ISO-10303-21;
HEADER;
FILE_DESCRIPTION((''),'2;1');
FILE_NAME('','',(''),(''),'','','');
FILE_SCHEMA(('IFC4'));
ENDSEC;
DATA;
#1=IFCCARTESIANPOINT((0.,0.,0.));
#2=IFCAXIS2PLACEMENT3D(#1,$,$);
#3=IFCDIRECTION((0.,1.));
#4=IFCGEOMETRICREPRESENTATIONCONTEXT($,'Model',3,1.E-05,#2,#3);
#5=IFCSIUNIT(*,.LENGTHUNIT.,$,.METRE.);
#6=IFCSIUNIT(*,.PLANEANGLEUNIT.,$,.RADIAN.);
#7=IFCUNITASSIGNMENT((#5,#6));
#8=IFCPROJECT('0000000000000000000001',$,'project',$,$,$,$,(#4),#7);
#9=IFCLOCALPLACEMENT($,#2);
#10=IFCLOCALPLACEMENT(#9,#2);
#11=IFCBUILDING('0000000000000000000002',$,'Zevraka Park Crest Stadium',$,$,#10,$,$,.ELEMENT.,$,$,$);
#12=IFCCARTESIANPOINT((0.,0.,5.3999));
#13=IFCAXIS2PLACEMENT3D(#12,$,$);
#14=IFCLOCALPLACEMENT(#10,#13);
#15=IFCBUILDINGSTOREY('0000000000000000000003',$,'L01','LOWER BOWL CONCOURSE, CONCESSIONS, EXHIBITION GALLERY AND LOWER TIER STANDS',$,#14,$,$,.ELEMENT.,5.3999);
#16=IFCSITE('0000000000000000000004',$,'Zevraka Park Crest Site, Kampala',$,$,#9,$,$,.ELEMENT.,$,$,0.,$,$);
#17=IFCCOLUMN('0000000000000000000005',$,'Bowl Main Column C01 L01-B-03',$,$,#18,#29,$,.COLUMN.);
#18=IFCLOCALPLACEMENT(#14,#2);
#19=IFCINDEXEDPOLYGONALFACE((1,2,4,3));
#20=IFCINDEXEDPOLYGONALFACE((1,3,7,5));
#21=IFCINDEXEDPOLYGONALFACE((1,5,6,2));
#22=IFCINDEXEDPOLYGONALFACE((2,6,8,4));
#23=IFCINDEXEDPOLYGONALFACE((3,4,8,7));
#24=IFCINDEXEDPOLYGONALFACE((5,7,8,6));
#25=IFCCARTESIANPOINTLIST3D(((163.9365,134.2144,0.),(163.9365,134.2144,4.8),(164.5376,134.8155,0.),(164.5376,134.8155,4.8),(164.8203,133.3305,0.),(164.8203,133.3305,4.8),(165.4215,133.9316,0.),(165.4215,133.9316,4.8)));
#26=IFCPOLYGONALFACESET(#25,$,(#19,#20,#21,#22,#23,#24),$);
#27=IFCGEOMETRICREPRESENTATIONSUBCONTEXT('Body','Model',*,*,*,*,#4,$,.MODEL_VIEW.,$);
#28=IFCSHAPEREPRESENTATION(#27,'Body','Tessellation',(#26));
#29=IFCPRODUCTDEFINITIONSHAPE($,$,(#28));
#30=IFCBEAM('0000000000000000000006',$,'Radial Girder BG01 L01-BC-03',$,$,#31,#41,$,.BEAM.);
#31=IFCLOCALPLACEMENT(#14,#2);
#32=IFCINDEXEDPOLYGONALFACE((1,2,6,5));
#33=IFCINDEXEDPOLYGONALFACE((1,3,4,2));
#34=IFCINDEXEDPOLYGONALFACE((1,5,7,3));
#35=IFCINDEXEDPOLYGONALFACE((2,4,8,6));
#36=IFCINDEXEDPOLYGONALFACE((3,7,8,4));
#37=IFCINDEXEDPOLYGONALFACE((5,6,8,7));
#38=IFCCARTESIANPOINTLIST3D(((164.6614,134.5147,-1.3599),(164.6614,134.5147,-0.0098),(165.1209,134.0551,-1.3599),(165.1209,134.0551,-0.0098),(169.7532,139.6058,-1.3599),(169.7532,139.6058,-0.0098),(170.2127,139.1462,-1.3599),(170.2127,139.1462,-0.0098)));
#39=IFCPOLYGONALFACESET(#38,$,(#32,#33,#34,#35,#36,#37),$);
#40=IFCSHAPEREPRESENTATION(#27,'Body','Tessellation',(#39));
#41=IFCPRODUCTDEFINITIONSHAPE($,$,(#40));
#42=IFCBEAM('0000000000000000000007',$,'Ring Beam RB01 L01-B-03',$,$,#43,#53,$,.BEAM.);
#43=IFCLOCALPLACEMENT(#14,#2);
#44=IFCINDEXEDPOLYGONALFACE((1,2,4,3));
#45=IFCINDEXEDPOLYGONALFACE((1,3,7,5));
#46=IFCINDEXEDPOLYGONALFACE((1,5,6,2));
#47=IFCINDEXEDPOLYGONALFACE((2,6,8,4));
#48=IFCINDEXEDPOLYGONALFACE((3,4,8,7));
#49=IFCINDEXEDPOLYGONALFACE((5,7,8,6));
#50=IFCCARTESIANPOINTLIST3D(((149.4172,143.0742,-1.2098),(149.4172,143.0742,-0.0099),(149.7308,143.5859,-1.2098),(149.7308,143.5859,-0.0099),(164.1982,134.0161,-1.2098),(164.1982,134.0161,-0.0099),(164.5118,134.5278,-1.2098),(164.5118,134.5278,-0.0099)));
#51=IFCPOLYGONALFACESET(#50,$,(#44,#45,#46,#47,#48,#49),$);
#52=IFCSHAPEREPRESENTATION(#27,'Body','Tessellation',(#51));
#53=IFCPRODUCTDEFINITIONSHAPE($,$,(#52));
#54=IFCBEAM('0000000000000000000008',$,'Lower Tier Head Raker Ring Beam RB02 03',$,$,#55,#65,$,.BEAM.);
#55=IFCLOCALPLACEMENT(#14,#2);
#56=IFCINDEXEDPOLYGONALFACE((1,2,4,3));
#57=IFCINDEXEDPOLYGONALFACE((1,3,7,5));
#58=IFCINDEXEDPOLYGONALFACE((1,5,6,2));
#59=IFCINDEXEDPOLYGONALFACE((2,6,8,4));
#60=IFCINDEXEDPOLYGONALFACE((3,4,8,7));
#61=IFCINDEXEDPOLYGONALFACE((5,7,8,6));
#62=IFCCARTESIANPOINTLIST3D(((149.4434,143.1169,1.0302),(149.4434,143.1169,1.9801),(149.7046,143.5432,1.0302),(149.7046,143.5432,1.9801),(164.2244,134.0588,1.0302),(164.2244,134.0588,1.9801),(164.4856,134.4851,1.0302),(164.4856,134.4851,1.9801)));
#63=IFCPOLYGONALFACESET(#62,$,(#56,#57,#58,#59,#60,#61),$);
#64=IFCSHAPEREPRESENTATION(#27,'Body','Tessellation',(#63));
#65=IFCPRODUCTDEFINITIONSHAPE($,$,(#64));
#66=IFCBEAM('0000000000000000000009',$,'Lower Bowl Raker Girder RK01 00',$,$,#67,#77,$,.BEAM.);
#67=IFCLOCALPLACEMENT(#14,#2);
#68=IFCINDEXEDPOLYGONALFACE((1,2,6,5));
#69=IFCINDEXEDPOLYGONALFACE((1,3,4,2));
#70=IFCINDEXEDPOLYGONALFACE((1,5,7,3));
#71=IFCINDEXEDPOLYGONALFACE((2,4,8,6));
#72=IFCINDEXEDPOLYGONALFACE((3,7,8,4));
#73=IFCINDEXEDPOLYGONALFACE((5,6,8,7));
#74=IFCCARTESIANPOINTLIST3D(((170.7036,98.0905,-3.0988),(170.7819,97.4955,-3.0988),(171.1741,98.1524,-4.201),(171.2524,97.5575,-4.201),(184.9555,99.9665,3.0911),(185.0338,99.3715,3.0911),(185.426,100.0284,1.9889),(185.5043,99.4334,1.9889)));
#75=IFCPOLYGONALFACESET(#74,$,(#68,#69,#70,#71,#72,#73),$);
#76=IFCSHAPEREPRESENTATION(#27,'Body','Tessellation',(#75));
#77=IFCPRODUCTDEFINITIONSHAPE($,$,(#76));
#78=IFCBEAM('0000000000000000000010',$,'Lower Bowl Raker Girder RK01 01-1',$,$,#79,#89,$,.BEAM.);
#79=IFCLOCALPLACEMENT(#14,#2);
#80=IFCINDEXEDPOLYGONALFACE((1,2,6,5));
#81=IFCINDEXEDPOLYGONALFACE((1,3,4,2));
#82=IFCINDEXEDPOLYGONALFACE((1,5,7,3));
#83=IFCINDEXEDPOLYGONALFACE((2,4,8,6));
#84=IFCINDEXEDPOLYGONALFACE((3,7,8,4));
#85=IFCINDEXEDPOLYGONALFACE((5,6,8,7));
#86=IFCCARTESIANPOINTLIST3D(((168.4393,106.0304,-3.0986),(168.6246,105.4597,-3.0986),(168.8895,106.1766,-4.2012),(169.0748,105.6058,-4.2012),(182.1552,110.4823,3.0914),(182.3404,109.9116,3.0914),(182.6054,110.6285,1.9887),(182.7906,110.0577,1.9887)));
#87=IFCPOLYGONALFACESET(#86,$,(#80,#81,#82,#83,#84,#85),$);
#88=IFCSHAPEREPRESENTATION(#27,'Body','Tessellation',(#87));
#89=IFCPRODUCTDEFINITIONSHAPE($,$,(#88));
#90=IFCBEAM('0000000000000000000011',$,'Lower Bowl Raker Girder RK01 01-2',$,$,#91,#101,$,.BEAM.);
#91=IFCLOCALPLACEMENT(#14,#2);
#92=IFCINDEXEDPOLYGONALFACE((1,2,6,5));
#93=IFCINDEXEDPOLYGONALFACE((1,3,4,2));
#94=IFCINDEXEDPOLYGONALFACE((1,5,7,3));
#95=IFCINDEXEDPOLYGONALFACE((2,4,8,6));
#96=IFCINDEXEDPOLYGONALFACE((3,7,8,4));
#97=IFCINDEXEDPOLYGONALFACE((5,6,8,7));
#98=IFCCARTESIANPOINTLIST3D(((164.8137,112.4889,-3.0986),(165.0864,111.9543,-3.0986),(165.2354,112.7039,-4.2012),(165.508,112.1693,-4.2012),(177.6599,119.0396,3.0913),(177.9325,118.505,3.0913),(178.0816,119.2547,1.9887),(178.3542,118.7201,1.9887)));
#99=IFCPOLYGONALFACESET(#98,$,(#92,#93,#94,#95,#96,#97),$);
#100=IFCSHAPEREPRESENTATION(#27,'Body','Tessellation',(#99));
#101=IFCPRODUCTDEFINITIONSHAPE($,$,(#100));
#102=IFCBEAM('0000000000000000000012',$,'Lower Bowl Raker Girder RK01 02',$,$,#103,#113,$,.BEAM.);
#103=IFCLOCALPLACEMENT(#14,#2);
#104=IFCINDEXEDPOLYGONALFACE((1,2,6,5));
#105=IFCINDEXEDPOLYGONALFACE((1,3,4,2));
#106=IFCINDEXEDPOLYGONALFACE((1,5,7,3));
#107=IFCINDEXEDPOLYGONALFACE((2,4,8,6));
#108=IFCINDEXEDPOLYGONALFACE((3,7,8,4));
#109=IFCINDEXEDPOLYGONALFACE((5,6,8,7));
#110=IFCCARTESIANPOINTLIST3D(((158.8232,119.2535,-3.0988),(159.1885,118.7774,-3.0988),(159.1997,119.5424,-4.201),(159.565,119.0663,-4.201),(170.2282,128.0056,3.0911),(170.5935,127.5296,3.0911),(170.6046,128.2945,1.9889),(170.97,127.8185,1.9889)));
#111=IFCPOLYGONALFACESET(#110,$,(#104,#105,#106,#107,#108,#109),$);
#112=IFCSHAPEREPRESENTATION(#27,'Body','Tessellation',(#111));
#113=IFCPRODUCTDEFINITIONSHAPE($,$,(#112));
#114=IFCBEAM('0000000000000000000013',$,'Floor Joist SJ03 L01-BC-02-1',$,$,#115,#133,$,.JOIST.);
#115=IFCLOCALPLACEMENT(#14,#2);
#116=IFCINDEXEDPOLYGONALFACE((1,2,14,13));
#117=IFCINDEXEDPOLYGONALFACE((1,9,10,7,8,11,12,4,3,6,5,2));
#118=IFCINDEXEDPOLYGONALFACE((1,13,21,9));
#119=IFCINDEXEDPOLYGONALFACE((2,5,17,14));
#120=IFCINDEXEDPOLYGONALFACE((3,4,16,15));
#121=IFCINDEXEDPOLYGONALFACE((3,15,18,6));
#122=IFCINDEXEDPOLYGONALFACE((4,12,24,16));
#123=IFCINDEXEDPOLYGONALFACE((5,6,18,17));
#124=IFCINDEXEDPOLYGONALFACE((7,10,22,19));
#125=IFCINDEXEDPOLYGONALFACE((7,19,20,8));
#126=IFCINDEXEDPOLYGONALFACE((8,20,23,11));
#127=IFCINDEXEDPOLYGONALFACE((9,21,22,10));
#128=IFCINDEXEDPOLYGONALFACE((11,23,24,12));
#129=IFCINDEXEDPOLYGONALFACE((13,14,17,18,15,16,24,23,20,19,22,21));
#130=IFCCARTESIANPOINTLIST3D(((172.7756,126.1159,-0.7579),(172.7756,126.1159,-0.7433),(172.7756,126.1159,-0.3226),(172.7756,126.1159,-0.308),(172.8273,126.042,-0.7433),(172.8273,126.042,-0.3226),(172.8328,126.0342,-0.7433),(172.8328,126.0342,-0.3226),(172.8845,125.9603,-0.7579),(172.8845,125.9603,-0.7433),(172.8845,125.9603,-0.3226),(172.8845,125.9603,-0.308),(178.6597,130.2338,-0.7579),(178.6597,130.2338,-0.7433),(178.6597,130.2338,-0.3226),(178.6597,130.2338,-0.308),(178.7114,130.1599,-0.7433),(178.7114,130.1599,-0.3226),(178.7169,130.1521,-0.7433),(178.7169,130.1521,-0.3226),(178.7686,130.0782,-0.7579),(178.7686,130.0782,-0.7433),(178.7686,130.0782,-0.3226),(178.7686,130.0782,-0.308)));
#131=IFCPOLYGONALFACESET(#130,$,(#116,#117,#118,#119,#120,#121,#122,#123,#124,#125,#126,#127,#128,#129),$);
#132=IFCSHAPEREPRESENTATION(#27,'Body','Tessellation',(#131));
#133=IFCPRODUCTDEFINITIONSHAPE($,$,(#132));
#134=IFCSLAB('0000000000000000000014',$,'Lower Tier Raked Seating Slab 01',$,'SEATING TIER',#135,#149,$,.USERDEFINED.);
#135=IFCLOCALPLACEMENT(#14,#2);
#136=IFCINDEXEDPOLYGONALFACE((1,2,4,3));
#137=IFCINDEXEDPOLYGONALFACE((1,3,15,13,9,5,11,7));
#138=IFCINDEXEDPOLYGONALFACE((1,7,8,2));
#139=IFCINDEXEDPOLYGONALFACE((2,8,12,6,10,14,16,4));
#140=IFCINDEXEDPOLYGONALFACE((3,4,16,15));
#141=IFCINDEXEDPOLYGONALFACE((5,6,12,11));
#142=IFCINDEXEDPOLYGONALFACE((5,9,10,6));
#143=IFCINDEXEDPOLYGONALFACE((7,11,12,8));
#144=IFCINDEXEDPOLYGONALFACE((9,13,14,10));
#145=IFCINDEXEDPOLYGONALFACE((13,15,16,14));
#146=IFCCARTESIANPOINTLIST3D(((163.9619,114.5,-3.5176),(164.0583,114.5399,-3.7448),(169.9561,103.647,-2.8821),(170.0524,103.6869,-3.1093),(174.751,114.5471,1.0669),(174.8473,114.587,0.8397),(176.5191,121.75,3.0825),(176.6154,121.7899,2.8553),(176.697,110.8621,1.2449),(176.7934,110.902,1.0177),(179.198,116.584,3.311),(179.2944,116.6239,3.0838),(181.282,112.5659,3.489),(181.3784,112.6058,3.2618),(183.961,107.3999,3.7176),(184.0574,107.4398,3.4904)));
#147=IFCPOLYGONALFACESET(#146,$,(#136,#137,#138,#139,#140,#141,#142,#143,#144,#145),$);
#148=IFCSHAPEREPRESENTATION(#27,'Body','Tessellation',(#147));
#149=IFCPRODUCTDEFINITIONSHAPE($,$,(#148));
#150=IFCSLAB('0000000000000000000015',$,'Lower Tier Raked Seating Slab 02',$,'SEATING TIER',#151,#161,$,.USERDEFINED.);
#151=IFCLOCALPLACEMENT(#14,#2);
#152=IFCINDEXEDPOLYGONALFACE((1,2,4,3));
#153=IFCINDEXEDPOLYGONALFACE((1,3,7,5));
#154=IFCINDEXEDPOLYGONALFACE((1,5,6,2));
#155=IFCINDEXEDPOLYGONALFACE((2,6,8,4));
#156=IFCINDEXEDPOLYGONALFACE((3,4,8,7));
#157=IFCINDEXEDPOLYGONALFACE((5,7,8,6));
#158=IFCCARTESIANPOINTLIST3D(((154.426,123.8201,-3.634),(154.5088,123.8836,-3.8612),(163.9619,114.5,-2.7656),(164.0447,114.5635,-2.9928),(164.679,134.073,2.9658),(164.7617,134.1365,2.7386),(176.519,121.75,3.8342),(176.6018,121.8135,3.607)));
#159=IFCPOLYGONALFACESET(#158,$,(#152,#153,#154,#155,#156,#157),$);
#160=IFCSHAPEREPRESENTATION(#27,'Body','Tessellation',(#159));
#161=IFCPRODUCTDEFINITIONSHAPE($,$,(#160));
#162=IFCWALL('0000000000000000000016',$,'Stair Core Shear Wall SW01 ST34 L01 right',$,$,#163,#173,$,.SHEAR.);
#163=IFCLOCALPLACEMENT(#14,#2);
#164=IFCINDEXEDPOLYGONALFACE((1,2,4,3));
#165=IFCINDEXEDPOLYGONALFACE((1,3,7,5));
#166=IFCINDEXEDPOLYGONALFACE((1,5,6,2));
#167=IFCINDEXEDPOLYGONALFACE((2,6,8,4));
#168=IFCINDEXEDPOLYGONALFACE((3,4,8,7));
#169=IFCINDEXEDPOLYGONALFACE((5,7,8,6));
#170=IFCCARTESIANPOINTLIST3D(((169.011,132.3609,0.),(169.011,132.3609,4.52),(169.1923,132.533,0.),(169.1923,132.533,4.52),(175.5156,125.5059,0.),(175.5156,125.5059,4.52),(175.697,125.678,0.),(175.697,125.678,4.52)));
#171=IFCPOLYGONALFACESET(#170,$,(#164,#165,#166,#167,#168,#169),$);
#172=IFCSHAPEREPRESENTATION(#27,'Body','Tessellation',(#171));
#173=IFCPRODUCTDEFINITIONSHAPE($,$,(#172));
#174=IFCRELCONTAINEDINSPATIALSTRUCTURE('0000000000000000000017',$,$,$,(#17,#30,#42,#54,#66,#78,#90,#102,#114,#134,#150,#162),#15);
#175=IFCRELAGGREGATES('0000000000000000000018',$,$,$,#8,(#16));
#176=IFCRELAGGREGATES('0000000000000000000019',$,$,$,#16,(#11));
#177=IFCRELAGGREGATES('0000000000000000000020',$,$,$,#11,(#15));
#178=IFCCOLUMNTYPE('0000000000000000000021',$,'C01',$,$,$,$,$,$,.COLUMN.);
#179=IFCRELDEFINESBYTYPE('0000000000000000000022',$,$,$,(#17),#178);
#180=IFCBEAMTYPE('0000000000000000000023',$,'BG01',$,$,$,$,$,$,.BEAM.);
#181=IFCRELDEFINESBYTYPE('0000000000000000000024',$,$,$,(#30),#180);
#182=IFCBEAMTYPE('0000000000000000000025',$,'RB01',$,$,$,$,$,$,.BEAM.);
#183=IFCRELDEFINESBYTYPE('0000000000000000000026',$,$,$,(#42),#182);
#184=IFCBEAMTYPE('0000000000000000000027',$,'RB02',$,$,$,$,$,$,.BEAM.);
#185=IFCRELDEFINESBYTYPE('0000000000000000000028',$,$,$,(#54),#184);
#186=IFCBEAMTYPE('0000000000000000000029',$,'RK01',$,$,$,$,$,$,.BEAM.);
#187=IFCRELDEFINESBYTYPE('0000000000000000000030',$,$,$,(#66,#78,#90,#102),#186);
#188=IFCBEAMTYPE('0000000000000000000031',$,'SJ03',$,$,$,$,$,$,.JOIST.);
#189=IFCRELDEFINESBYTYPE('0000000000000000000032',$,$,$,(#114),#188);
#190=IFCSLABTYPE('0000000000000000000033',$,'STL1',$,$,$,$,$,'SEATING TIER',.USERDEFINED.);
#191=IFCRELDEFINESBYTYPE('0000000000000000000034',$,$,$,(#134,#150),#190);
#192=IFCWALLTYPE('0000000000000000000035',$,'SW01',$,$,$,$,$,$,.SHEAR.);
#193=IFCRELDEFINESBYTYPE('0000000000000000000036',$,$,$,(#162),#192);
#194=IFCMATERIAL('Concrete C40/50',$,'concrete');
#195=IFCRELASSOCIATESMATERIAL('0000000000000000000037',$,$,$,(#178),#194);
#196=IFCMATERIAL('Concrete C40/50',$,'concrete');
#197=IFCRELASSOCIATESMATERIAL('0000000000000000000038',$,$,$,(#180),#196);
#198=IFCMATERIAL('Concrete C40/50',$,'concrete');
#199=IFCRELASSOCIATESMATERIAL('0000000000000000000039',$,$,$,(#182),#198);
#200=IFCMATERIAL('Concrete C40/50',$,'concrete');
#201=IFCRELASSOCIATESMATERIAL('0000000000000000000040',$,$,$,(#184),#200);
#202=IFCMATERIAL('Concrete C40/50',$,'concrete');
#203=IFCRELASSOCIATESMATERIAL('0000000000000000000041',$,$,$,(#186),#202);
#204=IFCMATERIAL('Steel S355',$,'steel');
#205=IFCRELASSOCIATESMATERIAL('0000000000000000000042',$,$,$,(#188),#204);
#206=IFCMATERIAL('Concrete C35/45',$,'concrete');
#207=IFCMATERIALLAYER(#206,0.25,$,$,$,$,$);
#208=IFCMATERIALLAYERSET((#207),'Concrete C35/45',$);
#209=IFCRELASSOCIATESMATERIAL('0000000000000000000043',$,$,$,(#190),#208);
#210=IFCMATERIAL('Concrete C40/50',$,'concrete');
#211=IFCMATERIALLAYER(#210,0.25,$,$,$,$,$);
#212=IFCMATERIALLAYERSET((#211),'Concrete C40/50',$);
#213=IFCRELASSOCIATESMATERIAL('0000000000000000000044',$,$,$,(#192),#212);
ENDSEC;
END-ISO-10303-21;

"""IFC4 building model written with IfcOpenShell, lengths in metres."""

from ifc_helpers import new_model, si_unit, direction, frame, frame_2d, origin, origin_2d, place, context, subcontext, project, spatial, polyline, rectangle, i_section, outline, extrude, material, layer, layer_set, material_profile, profile_set, type_object, element, save


model = new_model("IFC4")

# Units and contexts
model_context = context("Model", 3, precision=1e-05, world=origin(), true_north=direction((0.0, 1.0)))
body_context = subcontext(model_context, "Body", "Model", "MODEL_VIEW")
ifc_project = project(units=[si_unit("LENGTHUNIT", "METRE"), si_unit("PLANEANGLEUNIT", "RADIAN")], contexts=[model_context])

# Site, building, storey
site_placement = place(None, origin())
site = spatial("IfcSite", under=ifc_project, at=site_placement, Name="Zevraka Park Crest Site, Kampala", CompositionType="ELEMENT", RefElevation=0.0)
building_placement = place(site_placement, origin())
building = spatial("IfcBuilding", under=site, at=building_placement, Name="Zevraka Park Crest Stadium", CompositionType="ELEMENT")
storey_placement = place(building_placement, frame((0.0, 0.0, 5.3999)))
storey = spatial("IfcBuildingStorey", under=building, at=storey_placement, Name="L01", Description="LOWER BOWL CONCOURSE, CONCESSIONS, EXHIBITION GALLERY AND LOWER TIER STANDS", CompositionType="ELEMENT", Elevation=5.3999)

# Column
ifc_material_1 = material(Name="Concrete C40/50", Category="concrete")
ifc_material_profile_1 = material_profile(ifc_material_1, rectangle(XDim=0.8501, YDim=1.25, at=origin_2d()), Name="RC 1250x850")
ifc_profile_set_1 = profile_set([ifc_material_profile_1], Name="Concrete C40/50")
column_type = type_object("IfcColumnType", Name="C01", PredefinedType="COLUMN", material=ifc_profile_set_1)
column_placement = place(storey_placement, frame((164.679, 134.073, 0.0), z_axis=(0.0, 0.0, 1.0), x_axis=(0.707107, 0.707107, 0.0)))
element("IfcColumn", 1, at=column_placement, inside=storey, type_object=column_type, Name="Bowl Main Column C01 L01-B-03", PredefinedType="COLUMN", context=body_context, shape_type="SweptSolid", body=[
    extrude(rectangle(XDim=0.8501, YDim=1.25, at=origin_2d()), origin(), (0.0, 0.0, 1.0), 4.8),
])

# Beams
ifc_material_2 = material(Name="Concrete C40/50", Category="concrete")
ifc_material_profile_2 = material_profile(ifc_material_2, rectangle(XDim=0.6499, YDim=1.3501, at=origin_2d()), Name="RC 1350x650")
ifc_profile_set_2 = profile_set([ifc_material_profile_2], Name="Concrete C40/50")
beam_type_1 = type_object("IfcBeamType", Name="BG01", PredefinedType="BEAM", material=ifc_profile_set_2)
beam_1_placement = place(storey_placement, frame((164.8911, 134.2849, -0.6848), z_axis=(0.707158, 0.707056, 0.0), x_axis=(-0.707056, 0.707158, 0.0)))
element("IfcBeam", 2, at=beam_1_placement, inside=storey, type_object=beam_type_1, Name="Radial Girder BG01 L01-BC-03", PredefinedType="BEAM", context=body_context, shape_type="SweptSolid", body=[
    extrude(rectangle(XDim=0.6499, YDim=1.3501, at=origin_2d()), origin(), (0.0, 0.0, 1.0), 7.2004),
])
ifc_material_3 = material(Name="Concrete C40/50", Category="concrete")
ifc_material_profile_3 = material_profile(ifc_material_3, rectangle(XDim=0.6001, YDim=1.2, at=origin_2d()), Name="RC 1200x600")
ifc_profile_set_3 = profile_set([ifc_material_profile_3], Name="Concrete C40/50")
beam_type_2 = type_object("IfcBeamType", Name="RB01", PredefinedType="BEAM", material=ifc_profile_set_3)
beam_2_placement = place(storey_placement, frame((164.355, 134.272, -0.6099), z_axis=(-0.852633, 0.522511, 0.0), x_axis=(-0.522511, -0.852633, 0.0)))
element("IfcBeam", 3, at=beam_2_placement, inside=storey, type_object=beam_type_2, Name="Ring Beam RB01 L01-B-03", PredefinedType="BEAM", context=body_context, shape_type="SweptSolid", body=[
    extrude(rectangle(XDim=0.6001, YDim=1.2, at=origin_2d()), origin(), (0.0, 0.0, 1.0), 17.3357),
])
ifc_material_4 = material(Name="Concrete C40/50", Category="concrete")
ifc_material_profile_4 = material_profile(ifc_material_4, rectangle(XDim=0.5, YDim=0.95, at=origin_2d()), Name="RC 950x500")
ifc_profile_set_4 = profile_set([ifc_material_profile_4], Name="Concrete C40/50")
beam_type_3 = type_object("IfcBeamType", Name="RB02", PredefinedType="BEAM", material=ifc_profile_set_4)
beam_3_placement = place(storey_placement, frame((164.355, 134.272, 1.5051), z_axis=(-0.852633, 0.522511, 0.0), x_axis=(-0.522511, -0.852633, 0.0)))
element("IfcBeam", 4, at=beam_3_placement, inside=storey, type_object=beam_type_3, Name="Lower Tier Head Raker Ring Beam RB02 03", PredefinedType="BEAM", context=body_context, shape_type="SweptSolid", body=[
    extrude(rectangle(XDim=0.5, YDim=0.95, at=origin_2d()), origin(), (0.0, 0.0, 1.0), 17.3357),
])
ifc_material_5 = material(Name="Concrete C40/50", Category="concrete")
ifc_material_profile_5 = material_profile(ifc_material_5, rectangle(XDim=0.6001, YDim=1.2, at=origin_2d()), Name="RC 1200x600")
ifc_profile_set_5 = profile_set([ifc_material_profile_5], Name="Concrete C40/50")
beam_type_4 = type_object("IfcBeamType", Name="RK01", PredefinedType="BEAM", material=ifc_profile_set_5)
beam_4_placement = place(storey_placement, frame((170.978, 97.824, -3.6499), z_axis=(0.910612, 0.119863, 0.395499), x_axis=(-0.130504, 0.991448, 0.0)))
element("IfcBeam", 5, at=beam_4_placement, inside=storey, type_object=beam_type_4, Name="Lower Bowl Raker Girder RK01 00", PredefinedType="BEAM", context=body_context, shape_type="SweptSolid", body=[
    extrude(rectangle(XDim=0.6001, YDim=1.2, at=origin_2d()), origin(), (0.0, 0.0, 1.0), 15.6509),
])
beam_5_placement = place(storey_placement, frame((168.7571, 105.8181, -3.6499), z_axis=(0.87403, 0.283694, 0.394449), x_axis=(-0.308726, 0.951151, 0.0)))
element("IfcBeam", 6, at=beam_5_placement, inside=storey, type_object=beam_type_4, Name="Lower Bowl Raker Girder RK01 01-1", PredefinedType="BEAM", context=body_context, shape_type="SweptSolid", body=[
    extrude(rectangle(XDim=0.6001, YDim=1.2, at=origin_2d()), origin(), (0.0, 0.0, 1.0), 15.6926),
])
beam_6_placement = place(storey_placement, frame((165.1609, 112.3291, -3.6499), z_axis=(0.818623, 0.417448, 0.394454), x_axis=(-0.454283, 0.890857, 0.0)))
element("IfcBeam", 7, at=beam_6_placement, inside=storey, type_object=beam_type_4, Name="Lower Bowl Raker Girder RK01 01-2", PredefinedType="BEAM", context=body_context, shape_type="SweptSolid", body=[
    extrude(rectangle(XDim=0.6001, YDim=1.2, at=origin_2d()), origin(), (0.0, 0.0, 1.0), 15.6924),
])
beam_7_placement = place(storey_placement, frame((159.1941, 119.1599, -3.6499), z_axis=(0.728654, 0.559168, 0.395468), x_axis=(-0.608797, 0.793326, 0.0)))
element("IfcBeam", 8, at=beam_7_placement, inside=storey, type_object=beam_type_4, Name="Lower Bowl Raker Girder RK01 02", PredefinedType="BEAM", context=body_context, shape_type="SweptSolid", body=[
    extrude(rectangle(XDim=0.6001, YDim=1.2, at=origin_2d()), origin(), (0.0, 0.0, 1.0), 15.6521),
])
ifc_material_6 = material(Name="Steel S355", Category="steel")
ifc_material_profile_6 = material_profile(ifc_material_6, i_section(OverallWidth=0.1899, OverallDepth=0.45, WebThickness=0.0095, FlangeThickness=0.0146, at=origin_2d()), Name="IPE 450")
ifc_profile_set_6 = profile_set([ifc_material_profile_6], Name="Steel S355")
beam_type_5 = type_object("IfcBeamType", Name="SJ03", PredefinedType="JOIST", material=ifc_profile_set_6)
beam_8_placement = place(storey_placement, frame((172.8301, 126.0381, -0.533), z_axis=(0.819291, 0.573378, 0.0), x_axis=(-0.573378, 0.819291, 0.0)))
element("IfcBeam", 9, at=beam_8_placement, inside=storey, type_object=beam_type_5, Name="Floor Joist SJ03 L01-BC-02-1", PredefinedType="JOIST", context=body_context, shape_type="SweptSolid", body=[
    extrude(i_section(OverallWidth=0.1899, OverallDepth=0.45, WebThickness=0.0095, FlangeThickness=0.0146, at=origin_2d()), origin(), (0.0, 0.0, 1.0), 7.1819),
])

# Slabs
ifc_material_7 = material(Name="Concrete C35/45", Category="concrete")
ifc_layer_1 = layer(ifc_material_7, 0.25)
ifc_layer_set_1 = layer_set([ifc_layer_1], Name="Concrete C35/45")
slab_type = type_object("IfcSlabType", Name="STL1", ElementType="SEATING TIER", PredefinedType="USERDEFINED", material=ifc_layer_set_1)
slab_1_placement = place(storey_placement, frame((169.9561, 103.647, -2.8821), z_axis=(-0.385474, -0.159679, 0.908797), x_axis=(-0.482829, 0.874217, -0.051193)))
element("IfcSlab", 10, at=slab_1_placement, inside=storey, type_object=slab_type, Name="Lower Tier Raked Seating Slab 01", ObjectType="SEATING TIER", PredefinedType="USERDEFINED", context=body_context, shape_type="SweptSolid", body=[
    extrude(outline(polyline([(0.0, 0.0), (12.4146, 0.0), (12.3518, -15.9311), (6.5304, -15.7635), (7.0118, -10.4035), (2.8415, -10.3177), (2.0024, -15.6335), (-3.819, -15.4659), (0.0, 0.0)])), origin(), (0.0, 0.0, -1.0), 0.25),
])
slab_2_placement = place(storey_placement, frame((163.9619, 114.5, -2.7656), z_axis=(-0.331008, -0.253993, 0.908802), x_axis=(-0.713641, 0.69749, -0.06499)))
element("IfcSlab", 11, at=slab_2_placement, inside=storey, type_object=slab_type, Name="Lower Tier Raked Seating Slab 02", ObjectType="SEATING TIER", PredefinedType="USERDEFINED", context=body_context, shape_type="SweptSolid", body=[
    extrude(outline(polyline([(0.0, 0.0), (13.3623, 0.0), (12.7678, -15.9201), (-4.3334, -15.3305), (0.0, 0.0)])), origin(), (0.0, 0.0, -1.0), 0.25),
])

# Wall
ifc_material_8 = material(Name="Concrete C40/50", Category="concrete")
ifc_layer_2 = layer(ifc_material_8, 0.25)
ifc_layer_set_2 = layer_set([ifc_layer_2], Name="Concrete C40/50")
wall_type = type_object("IfcWallType", Name="SW01", PredefinedType="SHEAR", material=ifc_layer_set_2)
wall_1_placement = place(storey_placement, frame((169.1016, 132.447, 0.0), z_axis=(0.0, 0.0, 1.0), x_axis=(0.688327, -0.725401, 0.0)))
element("IfcWall", 12, at=wall_1_placement, inside=storey, type_object=wall_type, Name="Stair Core Shear Wall SW01 ST34 L01 right", PredefinedType="SHEAR", context=body_context, shape_type="SweptSolid", body=[
    extrude(rectangle(XDim=9.45, YDim=0.25, at=frame_2d((4.7251, 0.0))), origin(), (0.0, 0.0, 1.0), 4.52),
])

save(model, "model.ifc")
